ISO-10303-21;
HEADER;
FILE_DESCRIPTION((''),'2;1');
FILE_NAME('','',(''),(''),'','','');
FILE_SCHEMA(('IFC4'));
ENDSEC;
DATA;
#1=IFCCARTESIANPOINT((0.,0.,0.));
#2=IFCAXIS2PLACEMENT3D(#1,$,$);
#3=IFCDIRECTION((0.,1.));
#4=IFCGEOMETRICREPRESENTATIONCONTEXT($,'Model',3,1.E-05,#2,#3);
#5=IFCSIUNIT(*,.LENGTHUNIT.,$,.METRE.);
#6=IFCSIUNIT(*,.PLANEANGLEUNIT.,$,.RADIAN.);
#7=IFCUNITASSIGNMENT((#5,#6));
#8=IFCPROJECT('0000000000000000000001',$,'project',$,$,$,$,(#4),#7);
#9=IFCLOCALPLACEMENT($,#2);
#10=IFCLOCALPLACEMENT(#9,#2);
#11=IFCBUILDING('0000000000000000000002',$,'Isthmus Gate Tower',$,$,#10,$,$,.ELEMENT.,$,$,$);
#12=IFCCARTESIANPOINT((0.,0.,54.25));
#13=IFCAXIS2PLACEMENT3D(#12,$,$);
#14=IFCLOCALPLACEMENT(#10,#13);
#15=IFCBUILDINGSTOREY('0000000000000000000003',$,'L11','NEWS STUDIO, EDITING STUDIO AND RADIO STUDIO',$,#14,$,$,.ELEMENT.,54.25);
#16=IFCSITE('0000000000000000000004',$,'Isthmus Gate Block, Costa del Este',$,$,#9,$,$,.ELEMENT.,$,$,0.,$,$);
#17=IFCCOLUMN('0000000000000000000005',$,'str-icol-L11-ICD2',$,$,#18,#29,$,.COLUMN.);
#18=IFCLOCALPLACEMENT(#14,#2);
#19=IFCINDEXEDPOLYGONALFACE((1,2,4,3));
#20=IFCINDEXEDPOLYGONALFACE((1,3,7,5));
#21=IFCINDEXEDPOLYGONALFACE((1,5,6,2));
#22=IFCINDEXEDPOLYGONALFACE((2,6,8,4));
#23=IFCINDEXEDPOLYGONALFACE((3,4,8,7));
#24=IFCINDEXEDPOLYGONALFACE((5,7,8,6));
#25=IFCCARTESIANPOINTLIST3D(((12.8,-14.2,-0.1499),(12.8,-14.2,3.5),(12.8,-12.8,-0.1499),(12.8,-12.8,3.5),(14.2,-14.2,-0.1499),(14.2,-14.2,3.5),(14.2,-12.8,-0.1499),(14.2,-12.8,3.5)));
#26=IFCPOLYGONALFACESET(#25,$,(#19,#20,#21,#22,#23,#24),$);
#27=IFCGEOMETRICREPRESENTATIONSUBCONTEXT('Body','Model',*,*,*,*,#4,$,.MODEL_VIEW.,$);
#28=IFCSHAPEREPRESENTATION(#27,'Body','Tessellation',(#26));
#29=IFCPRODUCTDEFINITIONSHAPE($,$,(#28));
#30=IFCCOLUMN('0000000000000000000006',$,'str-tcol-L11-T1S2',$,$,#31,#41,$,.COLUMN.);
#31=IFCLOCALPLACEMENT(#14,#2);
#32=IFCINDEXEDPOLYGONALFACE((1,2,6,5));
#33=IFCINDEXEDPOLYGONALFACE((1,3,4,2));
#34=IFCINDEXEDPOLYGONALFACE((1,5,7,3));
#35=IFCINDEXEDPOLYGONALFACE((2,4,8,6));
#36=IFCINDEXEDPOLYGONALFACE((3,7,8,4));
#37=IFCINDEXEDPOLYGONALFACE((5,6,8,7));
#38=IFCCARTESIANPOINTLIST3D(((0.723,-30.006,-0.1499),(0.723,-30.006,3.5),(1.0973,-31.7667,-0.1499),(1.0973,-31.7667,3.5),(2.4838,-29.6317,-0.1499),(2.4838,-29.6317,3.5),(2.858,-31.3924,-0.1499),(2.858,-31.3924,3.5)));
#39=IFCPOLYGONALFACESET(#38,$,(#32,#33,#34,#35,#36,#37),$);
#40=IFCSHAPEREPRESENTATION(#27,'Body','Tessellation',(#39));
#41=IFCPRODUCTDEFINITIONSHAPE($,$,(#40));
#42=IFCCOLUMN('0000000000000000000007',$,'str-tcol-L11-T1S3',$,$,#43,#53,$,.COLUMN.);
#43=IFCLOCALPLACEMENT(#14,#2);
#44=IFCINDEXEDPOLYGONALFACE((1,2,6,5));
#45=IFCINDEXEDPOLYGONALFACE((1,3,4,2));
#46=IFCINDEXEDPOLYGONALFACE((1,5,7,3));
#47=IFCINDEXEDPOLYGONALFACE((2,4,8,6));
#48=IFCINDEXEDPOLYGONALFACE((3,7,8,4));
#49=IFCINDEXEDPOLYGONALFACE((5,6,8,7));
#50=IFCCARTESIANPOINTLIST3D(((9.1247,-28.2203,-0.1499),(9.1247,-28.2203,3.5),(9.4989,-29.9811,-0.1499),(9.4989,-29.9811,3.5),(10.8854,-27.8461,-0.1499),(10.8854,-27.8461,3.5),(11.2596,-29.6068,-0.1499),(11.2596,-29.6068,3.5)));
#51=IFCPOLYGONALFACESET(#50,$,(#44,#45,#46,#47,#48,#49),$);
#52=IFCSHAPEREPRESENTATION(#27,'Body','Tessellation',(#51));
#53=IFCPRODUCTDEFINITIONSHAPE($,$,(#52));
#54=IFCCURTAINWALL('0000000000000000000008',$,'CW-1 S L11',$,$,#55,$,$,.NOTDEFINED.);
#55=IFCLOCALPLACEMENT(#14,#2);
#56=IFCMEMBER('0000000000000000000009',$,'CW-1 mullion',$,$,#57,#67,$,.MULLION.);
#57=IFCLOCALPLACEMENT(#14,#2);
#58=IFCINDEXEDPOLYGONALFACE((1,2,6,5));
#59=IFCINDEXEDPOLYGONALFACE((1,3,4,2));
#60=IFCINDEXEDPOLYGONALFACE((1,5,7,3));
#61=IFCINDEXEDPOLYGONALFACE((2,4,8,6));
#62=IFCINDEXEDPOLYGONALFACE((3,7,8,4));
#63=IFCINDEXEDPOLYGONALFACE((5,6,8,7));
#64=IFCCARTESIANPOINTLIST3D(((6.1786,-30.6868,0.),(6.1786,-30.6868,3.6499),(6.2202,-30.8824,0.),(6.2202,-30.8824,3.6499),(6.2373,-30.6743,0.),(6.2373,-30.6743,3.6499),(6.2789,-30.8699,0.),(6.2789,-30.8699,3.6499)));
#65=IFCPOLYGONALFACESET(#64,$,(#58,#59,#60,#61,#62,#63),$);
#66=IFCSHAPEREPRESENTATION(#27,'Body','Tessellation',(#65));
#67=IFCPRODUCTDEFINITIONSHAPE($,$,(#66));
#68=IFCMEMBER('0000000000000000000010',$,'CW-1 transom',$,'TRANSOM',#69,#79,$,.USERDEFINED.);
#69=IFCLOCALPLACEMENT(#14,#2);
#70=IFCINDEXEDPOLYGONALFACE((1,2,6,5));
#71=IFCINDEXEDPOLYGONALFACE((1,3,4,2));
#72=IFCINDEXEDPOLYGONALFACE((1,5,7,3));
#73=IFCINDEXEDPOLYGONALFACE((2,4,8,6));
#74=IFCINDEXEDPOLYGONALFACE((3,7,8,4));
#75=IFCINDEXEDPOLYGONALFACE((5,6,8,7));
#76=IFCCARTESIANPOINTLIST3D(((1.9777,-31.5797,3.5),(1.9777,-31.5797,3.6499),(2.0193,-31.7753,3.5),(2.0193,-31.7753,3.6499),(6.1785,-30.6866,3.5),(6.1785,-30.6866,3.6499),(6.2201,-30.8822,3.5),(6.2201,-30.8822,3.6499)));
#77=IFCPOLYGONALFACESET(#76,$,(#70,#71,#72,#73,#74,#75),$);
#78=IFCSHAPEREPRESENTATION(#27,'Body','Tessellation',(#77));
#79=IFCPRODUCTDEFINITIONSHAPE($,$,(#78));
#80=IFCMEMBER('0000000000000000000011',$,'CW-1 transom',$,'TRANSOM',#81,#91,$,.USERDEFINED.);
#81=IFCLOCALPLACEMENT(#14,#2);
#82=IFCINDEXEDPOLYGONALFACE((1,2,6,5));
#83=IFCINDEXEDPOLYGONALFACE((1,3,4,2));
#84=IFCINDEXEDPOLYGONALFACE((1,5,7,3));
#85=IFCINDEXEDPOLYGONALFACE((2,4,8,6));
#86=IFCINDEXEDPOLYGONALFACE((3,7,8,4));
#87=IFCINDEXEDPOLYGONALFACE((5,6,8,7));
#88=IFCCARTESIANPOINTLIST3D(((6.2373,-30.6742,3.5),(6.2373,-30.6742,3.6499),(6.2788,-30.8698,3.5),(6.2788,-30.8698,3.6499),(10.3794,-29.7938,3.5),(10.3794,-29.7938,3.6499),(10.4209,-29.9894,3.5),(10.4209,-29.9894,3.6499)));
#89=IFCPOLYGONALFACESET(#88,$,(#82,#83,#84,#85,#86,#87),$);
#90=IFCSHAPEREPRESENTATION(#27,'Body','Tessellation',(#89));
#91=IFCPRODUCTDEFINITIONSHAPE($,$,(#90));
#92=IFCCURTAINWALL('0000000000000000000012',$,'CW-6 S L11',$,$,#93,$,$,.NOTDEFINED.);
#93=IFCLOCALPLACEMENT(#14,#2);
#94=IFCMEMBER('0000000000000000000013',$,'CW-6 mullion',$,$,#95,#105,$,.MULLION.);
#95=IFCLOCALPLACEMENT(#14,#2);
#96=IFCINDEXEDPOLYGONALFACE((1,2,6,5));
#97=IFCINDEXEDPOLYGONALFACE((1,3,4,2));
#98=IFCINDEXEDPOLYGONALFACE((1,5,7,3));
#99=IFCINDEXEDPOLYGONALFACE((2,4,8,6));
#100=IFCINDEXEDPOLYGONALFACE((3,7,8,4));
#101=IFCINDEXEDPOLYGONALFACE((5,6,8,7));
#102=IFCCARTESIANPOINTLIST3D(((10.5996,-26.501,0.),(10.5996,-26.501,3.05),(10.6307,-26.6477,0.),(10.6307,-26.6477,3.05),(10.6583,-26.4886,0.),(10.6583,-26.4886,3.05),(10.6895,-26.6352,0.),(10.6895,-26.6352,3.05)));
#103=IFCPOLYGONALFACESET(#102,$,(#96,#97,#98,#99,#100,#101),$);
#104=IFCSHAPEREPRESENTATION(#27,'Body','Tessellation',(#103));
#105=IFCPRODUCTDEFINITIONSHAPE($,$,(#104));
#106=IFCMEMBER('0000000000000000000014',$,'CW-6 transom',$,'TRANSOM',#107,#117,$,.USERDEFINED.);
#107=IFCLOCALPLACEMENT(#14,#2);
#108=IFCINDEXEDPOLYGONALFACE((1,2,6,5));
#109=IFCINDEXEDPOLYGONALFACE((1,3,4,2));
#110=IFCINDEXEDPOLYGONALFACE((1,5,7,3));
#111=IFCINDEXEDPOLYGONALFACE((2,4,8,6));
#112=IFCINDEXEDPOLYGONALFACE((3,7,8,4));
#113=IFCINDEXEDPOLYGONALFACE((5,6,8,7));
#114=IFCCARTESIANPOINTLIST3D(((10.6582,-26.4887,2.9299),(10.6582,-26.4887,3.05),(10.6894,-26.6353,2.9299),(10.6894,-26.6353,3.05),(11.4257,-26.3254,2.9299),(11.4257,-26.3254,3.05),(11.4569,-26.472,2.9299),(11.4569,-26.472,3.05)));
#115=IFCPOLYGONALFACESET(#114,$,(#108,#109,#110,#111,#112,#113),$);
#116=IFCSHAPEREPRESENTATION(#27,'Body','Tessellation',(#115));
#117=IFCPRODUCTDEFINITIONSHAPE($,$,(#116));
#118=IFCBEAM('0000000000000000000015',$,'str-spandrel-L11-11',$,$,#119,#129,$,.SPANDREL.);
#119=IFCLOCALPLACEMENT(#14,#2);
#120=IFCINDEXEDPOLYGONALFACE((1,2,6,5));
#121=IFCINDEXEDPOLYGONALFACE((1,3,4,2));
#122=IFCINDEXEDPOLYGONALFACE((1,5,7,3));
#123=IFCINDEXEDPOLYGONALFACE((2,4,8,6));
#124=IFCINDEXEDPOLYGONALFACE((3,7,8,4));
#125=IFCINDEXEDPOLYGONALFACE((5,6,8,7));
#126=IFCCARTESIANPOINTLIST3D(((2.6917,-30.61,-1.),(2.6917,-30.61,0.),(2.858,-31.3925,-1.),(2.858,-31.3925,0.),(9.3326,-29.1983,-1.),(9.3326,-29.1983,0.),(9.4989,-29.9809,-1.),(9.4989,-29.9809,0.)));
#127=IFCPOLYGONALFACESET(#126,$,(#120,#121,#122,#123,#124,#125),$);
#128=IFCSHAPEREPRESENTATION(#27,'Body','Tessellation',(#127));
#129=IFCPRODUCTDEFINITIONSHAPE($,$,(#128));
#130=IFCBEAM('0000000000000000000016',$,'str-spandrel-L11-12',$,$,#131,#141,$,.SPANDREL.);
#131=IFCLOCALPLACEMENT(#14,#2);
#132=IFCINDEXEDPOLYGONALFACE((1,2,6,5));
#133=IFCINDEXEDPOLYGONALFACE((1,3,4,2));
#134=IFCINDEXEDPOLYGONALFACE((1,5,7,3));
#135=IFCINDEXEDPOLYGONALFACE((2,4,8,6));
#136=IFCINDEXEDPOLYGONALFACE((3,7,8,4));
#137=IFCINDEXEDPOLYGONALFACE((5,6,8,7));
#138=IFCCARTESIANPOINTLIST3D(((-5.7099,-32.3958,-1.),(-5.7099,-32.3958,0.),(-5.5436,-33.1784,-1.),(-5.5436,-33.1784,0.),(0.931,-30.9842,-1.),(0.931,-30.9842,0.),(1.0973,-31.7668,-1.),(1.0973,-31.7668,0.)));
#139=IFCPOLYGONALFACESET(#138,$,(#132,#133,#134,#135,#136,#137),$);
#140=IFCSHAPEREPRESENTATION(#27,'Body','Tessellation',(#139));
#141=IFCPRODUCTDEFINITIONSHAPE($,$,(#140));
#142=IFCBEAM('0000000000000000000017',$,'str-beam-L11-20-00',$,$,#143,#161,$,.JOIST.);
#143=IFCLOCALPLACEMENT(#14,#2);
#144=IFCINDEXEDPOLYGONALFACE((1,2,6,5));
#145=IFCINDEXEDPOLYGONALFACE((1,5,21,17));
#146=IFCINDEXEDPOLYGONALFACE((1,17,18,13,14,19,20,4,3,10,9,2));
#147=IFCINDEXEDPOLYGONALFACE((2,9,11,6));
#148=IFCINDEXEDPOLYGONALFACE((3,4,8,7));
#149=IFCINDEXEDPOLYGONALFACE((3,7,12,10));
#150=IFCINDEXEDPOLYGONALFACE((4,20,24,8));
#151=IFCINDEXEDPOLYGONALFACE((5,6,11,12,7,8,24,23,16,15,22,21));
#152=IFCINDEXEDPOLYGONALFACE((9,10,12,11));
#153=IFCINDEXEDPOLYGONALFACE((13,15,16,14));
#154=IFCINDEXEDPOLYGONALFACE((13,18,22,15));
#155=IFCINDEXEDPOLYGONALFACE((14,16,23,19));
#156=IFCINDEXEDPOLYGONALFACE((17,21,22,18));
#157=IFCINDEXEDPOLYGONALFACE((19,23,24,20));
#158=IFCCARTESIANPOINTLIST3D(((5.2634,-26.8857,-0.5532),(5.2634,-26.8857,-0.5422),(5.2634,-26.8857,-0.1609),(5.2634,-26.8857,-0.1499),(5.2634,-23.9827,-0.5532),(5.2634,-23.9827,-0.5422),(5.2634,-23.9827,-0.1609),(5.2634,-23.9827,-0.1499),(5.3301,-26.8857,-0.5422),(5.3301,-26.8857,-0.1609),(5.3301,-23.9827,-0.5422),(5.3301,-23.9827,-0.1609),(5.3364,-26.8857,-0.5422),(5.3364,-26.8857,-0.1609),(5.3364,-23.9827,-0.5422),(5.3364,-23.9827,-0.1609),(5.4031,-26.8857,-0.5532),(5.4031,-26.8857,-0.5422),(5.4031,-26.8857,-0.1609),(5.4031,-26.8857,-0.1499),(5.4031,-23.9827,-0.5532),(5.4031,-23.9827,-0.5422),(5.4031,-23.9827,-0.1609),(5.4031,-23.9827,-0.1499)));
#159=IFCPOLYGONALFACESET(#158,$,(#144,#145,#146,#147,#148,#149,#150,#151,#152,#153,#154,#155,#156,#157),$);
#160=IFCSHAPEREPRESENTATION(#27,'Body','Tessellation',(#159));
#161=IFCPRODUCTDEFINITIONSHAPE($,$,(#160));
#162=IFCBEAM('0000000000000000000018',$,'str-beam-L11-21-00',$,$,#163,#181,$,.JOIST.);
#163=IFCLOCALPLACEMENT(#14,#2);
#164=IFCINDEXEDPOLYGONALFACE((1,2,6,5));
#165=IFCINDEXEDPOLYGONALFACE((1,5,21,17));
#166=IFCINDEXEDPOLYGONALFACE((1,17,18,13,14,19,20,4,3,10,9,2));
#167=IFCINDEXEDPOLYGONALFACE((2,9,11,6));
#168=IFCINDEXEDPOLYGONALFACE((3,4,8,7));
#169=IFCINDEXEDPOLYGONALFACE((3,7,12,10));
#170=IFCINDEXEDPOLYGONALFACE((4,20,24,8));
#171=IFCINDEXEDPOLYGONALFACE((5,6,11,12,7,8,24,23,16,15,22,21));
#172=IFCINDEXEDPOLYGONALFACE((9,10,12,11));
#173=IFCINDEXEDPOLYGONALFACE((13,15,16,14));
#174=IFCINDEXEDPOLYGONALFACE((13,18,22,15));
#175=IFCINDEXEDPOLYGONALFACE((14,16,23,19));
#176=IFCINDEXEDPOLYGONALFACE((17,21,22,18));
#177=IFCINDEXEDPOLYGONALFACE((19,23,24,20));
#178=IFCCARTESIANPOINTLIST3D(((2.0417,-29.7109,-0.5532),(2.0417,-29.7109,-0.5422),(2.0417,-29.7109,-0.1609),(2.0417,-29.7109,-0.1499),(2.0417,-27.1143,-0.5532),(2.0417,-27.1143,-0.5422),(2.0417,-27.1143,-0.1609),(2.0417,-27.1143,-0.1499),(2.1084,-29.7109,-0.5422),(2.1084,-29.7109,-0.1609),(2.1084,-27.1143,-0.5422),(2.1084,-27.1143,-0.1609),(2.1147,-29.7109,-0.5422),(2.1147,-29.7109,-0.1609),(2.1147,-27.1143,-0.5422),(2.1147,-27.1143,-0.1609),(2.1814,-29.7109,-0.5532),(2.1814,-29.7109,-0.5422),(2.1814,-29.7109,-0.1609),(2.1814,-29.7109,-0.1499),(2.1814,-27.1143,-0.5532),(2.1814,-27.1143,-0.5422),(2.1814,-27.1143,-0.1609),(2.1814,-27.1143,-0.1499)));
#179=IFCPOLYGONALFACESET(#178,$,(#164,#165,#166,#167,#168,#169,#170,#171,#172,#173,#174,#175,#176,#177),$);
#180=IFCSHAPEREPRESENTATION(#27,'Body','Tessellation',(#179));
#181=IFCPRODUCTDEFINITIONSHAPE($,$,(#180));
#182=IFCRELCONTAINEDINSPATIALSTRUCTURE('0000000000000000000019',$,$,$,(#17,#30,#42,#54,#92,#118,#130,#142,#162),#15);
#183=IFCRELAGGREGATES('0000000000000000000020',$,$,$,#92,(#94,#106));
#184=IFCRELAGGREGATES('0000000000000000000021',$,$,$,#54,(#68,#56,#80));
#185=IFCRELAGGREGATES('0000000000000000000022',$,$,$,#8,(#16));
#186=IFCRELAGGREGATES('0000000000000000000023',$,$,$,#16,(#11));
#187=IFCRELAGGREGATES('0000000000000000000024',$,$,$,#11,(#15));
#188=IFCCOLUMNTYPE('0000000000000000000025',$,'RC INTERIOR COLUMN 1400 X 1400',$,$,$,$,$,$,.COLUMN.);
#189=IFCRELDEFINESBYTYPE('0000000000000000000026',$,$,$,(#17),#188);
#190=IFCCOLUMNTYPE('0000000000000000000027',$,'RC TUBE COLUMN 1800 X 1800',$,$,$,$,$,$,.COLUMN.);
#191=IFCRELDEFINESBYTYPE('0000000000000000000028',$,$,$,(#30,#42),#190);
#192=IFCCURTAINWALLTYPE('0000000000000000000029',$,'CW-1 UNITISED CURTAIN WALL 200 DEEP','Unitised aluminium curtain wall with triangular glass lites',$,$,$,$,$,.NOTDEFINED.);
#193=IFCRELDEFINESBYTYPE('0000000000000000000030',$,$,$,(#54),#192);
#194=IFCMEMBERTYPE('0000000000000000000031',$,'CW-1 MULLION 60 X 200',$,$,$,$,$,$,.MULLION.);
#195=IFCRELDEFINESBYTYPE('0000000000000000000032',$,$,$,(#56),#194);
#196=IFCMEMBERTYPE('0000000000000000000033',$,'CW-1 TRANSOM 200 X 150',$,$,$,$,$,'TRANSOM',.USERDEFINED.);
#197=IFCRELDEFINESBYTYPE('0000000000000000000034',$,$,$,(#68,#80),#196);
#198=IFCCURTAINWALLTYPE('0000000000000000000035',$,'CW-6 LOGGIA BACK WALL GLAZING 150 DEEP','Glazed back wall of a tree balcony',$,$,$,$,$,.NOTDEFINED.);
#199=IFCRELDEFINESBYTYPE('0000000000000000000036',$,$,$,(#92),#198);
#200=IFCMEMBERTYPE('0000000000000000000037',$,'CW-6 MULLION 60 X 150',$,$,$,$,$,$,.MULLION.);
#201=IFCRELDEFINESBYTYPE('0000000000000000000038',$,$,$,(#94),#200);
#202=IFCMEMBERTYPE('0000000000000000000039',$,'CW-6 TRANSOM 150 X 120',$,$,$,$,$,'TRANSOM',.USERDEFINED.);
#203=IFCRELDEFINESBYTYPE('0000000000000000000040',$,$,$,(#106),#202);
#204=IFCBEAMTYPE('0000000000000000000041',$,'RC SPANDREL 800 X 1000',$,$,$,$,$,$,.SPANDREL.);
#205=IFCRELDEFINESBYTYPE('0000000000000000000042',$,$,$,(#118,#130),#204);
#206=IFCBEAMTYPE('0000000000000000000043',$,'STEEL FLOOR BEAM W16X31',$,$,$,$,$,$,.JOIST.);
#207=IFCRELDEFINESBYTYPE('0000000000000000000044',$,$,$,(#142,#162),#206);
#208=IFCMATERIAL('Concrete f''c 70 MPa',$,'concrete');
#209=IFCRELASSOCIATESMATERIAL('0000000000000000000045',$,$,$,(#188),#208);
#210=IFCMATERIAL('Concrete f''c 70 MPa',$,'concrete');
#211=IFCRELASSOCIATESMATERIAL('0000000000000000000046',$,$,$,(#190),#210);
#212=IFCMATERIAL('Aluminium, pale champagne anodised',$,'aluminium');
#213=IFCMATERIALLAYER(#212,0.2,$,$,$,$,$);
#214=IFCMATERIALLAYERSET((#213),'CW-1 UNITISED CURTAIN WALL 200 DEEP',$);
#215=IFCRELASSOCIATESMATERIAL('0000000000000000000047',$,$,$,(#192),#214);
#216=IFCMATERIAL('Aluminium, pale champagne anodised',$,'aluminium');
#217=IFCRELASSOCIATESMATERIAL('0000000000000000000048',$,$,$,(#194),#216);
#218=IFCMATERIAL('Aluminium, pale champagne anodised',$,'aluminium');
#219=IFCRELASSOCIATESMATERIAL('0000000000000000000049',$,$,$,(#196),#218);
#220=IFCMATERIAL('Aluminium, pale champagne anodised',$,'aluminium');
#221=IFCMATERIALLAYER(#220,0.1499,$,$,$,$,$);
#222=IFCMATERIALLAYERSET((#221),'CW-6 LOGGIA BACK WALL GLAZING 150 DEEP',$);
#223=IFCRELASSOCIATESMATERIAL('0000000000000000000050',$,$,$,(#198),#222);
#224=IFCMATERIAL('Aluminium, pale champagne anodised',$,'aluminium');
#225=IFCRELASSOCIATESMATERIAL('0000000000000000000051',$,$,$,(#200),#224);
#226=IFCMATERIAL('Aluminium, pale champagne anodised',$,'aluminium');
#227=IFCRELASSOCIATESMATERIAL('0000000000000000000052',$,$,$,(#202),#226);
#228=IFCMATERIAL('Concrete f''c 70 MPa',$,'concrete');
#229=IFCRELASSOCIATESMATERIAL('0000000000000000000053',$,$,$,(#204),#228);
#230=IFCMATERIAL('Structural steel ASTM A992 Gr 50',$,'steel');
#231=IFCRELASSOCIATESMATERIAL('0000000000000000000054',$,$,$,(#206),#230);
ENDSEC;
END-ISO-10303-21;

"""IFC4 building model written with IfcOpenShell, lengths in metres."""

from ifc_helpers import new_model, si_unit, direction, frame, origin, origin_2d, place, context, subcontext, project, spatial, rectangle, i_section, extrude, material, layer, layer_set, material_profile, profile_set, type_object, element, aggregate, save


model = new_model("IFC4")

# Units and contexts
model_context = context("Model", 3, precision=1e-05, world=origin(), true_north=direction((0.0, 1.0)))
body_context = subcontext(model_context, "Body", "Model", "MODEL_VIEW")
ifc_project = project(units=[si_unit("LENGTHUNIT", "METRE"), si_unit("PLANEANGLEUNIT", "RADIAN")], contexts=[model_context])

# Site, building, storey
site_placement = place(None, origin())
site = spatial("IfcSite", under=ifc_project, at=site_placement, Name="Isthmus Gate Block, Costa del Este", CompositionType="ELEMENT", RefElevation=0.0)
building_placement = place(site_placement, origin())
building = spatial("IfcBuilding", under=site, at=building_placement, Name="Isthmus Gate Tower", CompositionType="ELEMENT")
storey_placement = place(building_placement, frame((0.0, 0.0, 54.25)))
storey = spatial("IfcBuildingStorey", under=building, at=storey_placement, Name="L11", Description="NEWS STUDIO, EDITING STUDIO AND RADIO STUDIO", CompositionType="ELEMENT", Elevation=54.25)

# Columns
ifc_material_1 = material(Name="Concrete f'c 70 MPa", Category="concrete")
ifc_material_profile_1 = material_profile(ifc_material_1, rectangle(XDim=1.3999, YDim=1.3999, at=origin_2d()), Name="RC 1400X1400")
ifc_profile_set_1 = profile_set([ifc_material_profile_1], Name="Concrete f'c 70 MPa")
column_type_1 = type_object("IfcColumnType", Name="RC INTERIOR COLUMN 1400 X 1400", PredefinedType="COLUMN", material=ifc_profile_set_1)
column_placement = place(storey_placement, frame((13.5, -13.5, -0.1499), z_axis=(0.0, 0.0, 1.0), x_axis=(1.0, 0.0, 0.0)))
element("IfcColumn", 1, at=column_placement, inside=storey, type_object=column_type_1, Name="str-icol-L11-ICD2", PredefinedType="COLUMN", context=body_context, shape_type="SweptSolid", body=[
    extrude(rectangle(XDim=1.3999, YDim=1.3999, at=origin_2d()), origin(), (0.0, 0.0, 1.0), 3.6499),
])
ifc_material_2 = material(Name="Concrete f'c 70 MPa", Category="concrete")
ifc_material_profile_2 = material_profile(ifc_material_2, rectangle(XDim=1.8, YDim=1.8, at=origin_2d()), Name="RC 1800X1800")
ifc_profile_set_2 = profile_set([ifc_material_profile_2], Name="Concrete f'c 70 MPa")
column_type_2 = type_object("IfcColumnType", Name="RC TUBE COLUMN 1800 X 1800", PredefinedType="COLUMN", material=ifc_profile_set_2)
for number, where, z_axis, x_axis, name in (
    (2, (1.7905, -30.6992, -0.1499), (0.0, 0.0, 1.0), (0.978148, 0.207912, 0.0), "str-tcol-L11-T1S2"),
    (3, (10.1921, -28.9136, -0.1499), (0.0, 0.0, 1.0), (0.978148, 0.207912, 0.0), "str-tcol-L11-T1S3"),
):
    element("IfcColumn", number, at=place(storey_placement, frame(where, z_axis=z_axis, x_axis=x_axis)), inside=storey, type_object=column_type_2, Name=name, PredefinedType="COLUMN", context=body_context, shape_type="SweptSolid", body=[
        extrude(rectangle(XDim=1.8, YDim=1.8, at=origin_2d()), origin(), (0.0, 0.0, 1.0), 3.6499),
    ])

# Curtain walls, members
ifc_material_3 = material(Name="Aluminium, pale champagne anodised", Category="aluminium")
ifc_layer_1 = layer(ifc_material_3, 0.2)
ifc_layer_set_1 = layer_set([ifc_layer_1], Name="CW-1 UNITISED CURTAIN WALL 200 DEEP")
curtain_wall_type_1 = type_object("IfcCurtainWallType", Name="CW-1 UNITISED CURTAIN WALL 200 DEEP", Description="Unitised aluminium curtain wall with triangular glass lites", PredefinedType="NOTDEFINED", material=ifc_layer_set_1)
curtain_wall_1_placement = place(storey_placement, origin())
curtain_wall_1 = element("IfcCurtainWall", 4, at=curtain_wall_1_placement, inside=storey, type_object=curtain_wall_type_1, Name="CW-1 S L11", PredefinedType="NOTDEFINED")
ifc_material_4 = material(Name="Aluminium, pale champagne anodised", Category="aluminium")
ifc_material_profile_3 = material_profile(ifc_material_4, rectangle(XDim=0.0601, YDim=0.2, at=origin_2d()), Name="60x200")
ifc_profile_set_3 = profile_set([ifc_material_profile_3], Name="Aluminium, pale champagne anodised")
member_type_1 = type_object("IfcMemberType", Name="CW-1 MULLION 60 X 200", PredefinedType="MULLION", material=ifc_profile_set_3)
member_1_placement = place(storey_placement, frame((6.2288, -30.7783, 0.0), z_axis=(0.0, 0.0, 1.0), x_axis=(0.978148, 0.207912, 0.0)))
member_1 = element("IfcMember", 5, at=member_1_placement, type_object=member_type_1, Name="CW-1 mullion", PredefinedType="MULLION", context=body_context, shape_type="SweptSolid", body=[
    extrude(rectangle(XDim=0.0601, YDim=0.2, at=origin_2d()), origin(), (0.0, 0.0, 1.0), 3.6499),
])
ifc_material_5 = material(Name="Aluminium, pale champagne anodised", Category="aluminium")
ifc_material_profile_4 = material_profile(ifc_material_5, rectangle(XDim=0.2, YDim=0.1499, at=origin_2d()), Name="200x150")
ifc_profile_set_4 = profile_set([ifc_material_profile_4], Name="Aluminium, pale champagne anodised")
member_type_2 = type_object("IfcMemberType", Name="CW-1 TRANSOM 200 X 150", ElementType="TRANSOM", PredefinedType="USERDEFINED", material=ifc_profile_set_4)
member_2_placement = place(storey_placement, frame((1.9985, -31.6775, 3.575), z_axis=(0.978139, 0.207953, 0.0), x_axis=(-0.207953, 0.978139, 0.0)))
member_2 = element("IfcMember", 6, at=member_2_placement, type_object=member_type_2, Name="CW-1 transom", ObjectType="TRANSOM", PredefinedType="USERDEFINED", context=body_context, shape_type="SweptSolid", body=[
    extrude(rectangle(XDim=0.2, YDim=0.1499, at=origin_2d()), origin(), (0.0, 0.0, 1.0), 4.2947),
])
member_3_placement = place(storey_placement, frame((6.2581, -30.772, 3.575), z_axis=(0.97815, 0.207899, 0.0), x_axis=(-0.207899, 0.97815, 0.0)))
member_3 = element("IfcMember", 7, at=member_3_placement, type_object=member_type_2, Name="CW-1 transom", ObjectType="TRANSOM", PredefinedType="USERDEFINED", context=body_context, shape_type="SweptSolid", body=[
    extrude(rectangle(XDim=0.2, YDim=0.1499, at=origin_2d()), origin(), (0.0, 0.0, 1.0), 4.2346),
])
ifc_material_6 = material(Name="Aluminium, pale champagne anodised", Category="aluminium")
ifc_layer_2 = layer(ifc_material_6, 0.1499)
ifc_layer_set_2 = layer_set([ifc_layer_2], Name="CW-6 LOGGIA BACK WALL GLAZING 150 DEEP")
curtain_wall_type_2 = type_object("IfcCurtainWallType", Name="CW-6 LOGGIA BACK WALL GLAZING 150 DEEP", Description="Glazed back wall of a tree balcony", PredefinedType="NOTDEFINED", material=ifc_layer_set_2)
curtain_wall_2_placement = place(storey_placement, origin())
curtain_wall_2 = element("IfcCurtainWall", 8, at=curtain_wall_2_placement, inside=storey, type_object=curtain_wall_type_2, Name="CW-6 S L11", PredefinedType="NOTDEFINED")
ifc_material_7 = material(Name="Aluminium, pale champagne anodised", Category="aluminium")
ifc_material_profile_5 = material_profile(ifc_material_7, rectangle(XDim=0.0601, YDim=0.1499, at=origin_2d()), Name="60x150")
ifc_profile_set_5 = profile_set([ifc_material_profile_5], Name="Aluminium, pale champagne anodised")
member_type_3 = type_object("IfcMemberType", Name="CW-6 MULLION 60 X 150", PredefinedType="MULLION", material=ifc_profile_set_5)
member_4_placement = place(storey_placement, frame((10.6445, -26.5681, 0.0), z_axis=(0.0, 0.0, 1.0), x_axis=(0.978148, 0.207912, 0.0)))
member_4 = element("IfcMember", 9, at=member_4_placement, type_object=member_type_3, Name="CW-6 mullion", PredefinedType="MULLION", context=body_context, shape_type="SweptSolid", body=[
    extrude(rectangle(XDim=0.0601, YDim=0.1499, at=origin_2d()), origin(), (0.0, 0.0, 1.0), 3.05),
])
ifc_material_8 = material(Name="Aluminium, pale champagne anodised", Category="aluminium")
ifc_material_profile_6 = material_profile(ifc_material_8, rectangle(XDim=0.1499, YDim=0.1201, at=origin_2d()), Name="150x120")
ifc_profile_set_6 = profile_set([ifc_material_profile_6], Name="Aluminium, pale champagne anodised")
member_type_4 = type_object("IfcMemberType", Name="CW-6 TRANSOM 150 X 120", ElementType="TRANSOM", PredefinedType="USERDEFINED", material=ifc_profile_set_6)
member_5_placement = place(storey_placement, frame((10.6738, -26.562, 2.99), z_axis=(0.978102, 0.208127, 0.0), x_axis=(-0.208127, 0.978102, 0.0)))
member_5 = element("IfcMember", 10, at=member_5_placement, type_object=member_type_4, Name="CW-6 transom", ObjectType="TRANSOM", PredefinedType="USERDEFINED", context=body_context, shape_type="SweptSolid", body=[
    extrude(rectangle(XDim=0.1499, YDim=0.1201, at=origin_2d()), origin(), (0.0, 0.0, 1.0), 0.7847),
])

# Beams
ifc_material_9 = material(Name="Concrete f'c 70 MPa", Category="concrete")
ifc_material_profile_7 = material_profile(ifc_material_9, rectangle(XDim=0.8, YDim=1.0, at=origin_2d()), Name="RC 800X1000")
ifc_profile_set_7 = profile_set([ifc_material_profile_7], Name="Concrete f'c 70 MPa")
beam_type_1 = type_object("IfcBeamType", Name="RC SPANDREL 800 X 1000", PredefinedType="SPANDREL", material=ifc_profile_set_7)
for number, where, z_axis, x_axis, name in (
    (11, (9.4158, -29.5896, -0.5), (-0.978146, -0.20792, 0.0), (0.20792, -0.978146, 0.0), "str-spandrel-L11-11"),
    (12, (1.0142, -31.3755, -0.5), (-0.978146, -0.20792, 0.0), (0.20792, -0.978146, 0.0), "str-spandrel-L11-12"),
):
    element("IfcBeam", number, at=place(storey_placement, frame(where, z_axis=z_axis, x_axis=x_axis)), inside=storey, type_object=beam_type_1, Name=name, PredefinedType="SPANDREL", context=body_context, shape_type="SweptSolid", body=[
        extrude(rectangle(XDim=0.8, YDim=1.0, at=origin_2d()), origin(), (0.0, 0.0, 1.0), 6.7893),
    ])
ifc_material_10 = material(Name="Structural steel ASTM A992 Gr 50", Category="steel")
ifc_material_profile_8 = material_profile(ifc_material_10, i_section(OverallWidth=0.1396, OverallDepth=0.4033, WebThickness=0.0063, FlangeThickness=0.011, at=origin_2d()), Name="W16X31")
ifc_profile_set_8 = profile_set([ifc_material_profile_8], Name="Structural steel ASTM A992 Gr 50")
beam_type_2 = type_object("IfcBeamType", Name="STEEL FLOOR BEAM W16X31", PredefinedType="JOIST", material=ifc_profile_set_8)
beam_1_placement = place(storey_placement, frame((5.3333, -26.8857, -0.3516), z_axis=(0.0, 1.0, 0.0), x_axis=(-1.0, 0.0, 0.0)))
element("IfcBeam", 13, at=beam_1_placement, inside=storey, type_object=beam_type_2, Name="str-beam-L11-20-00", PredefinedType="JOIST", context=body_context, shape_type="SweptSolid", body=[
    extrude(i_section(OverallWidth=0.1396, OverallDepth=0.4033, WebThickness=0.0063, FlangeThickness=0.011, at=origin_2d()), origin(), (0.0, 0.0, 1.0), 2.9031),
])
beam_2_placement = place(storey_placement, frame((2.1116, -29.7109, -0.3516), z_axis=(0.0, 1.0, 0.0), x_axis=(-1.0, 0.0, 0.0)))
element("IfcBeam", 14, at=beam_2_placement, inside=storey, type_object=beam_type_2, Name="str-beam-L11-21-00", PredefinedType="JOIST", context=body_context, shape_type="SweptSolid", body=[
    extrude(i_section(OverallWidth=0.1396, OverallDepth=0.4033, WebThickness=0.0063, FlangeThickness=0.011, at=origin_2d()), origin(), (0.0, 0.0, 1.0), 2.5967),
])

aggregate(curtain_wall_2, [member_4, member_5])

aggregate(curtain_wall_1, [member_2, member_1, member_3])

save(model, "model.ifc")
